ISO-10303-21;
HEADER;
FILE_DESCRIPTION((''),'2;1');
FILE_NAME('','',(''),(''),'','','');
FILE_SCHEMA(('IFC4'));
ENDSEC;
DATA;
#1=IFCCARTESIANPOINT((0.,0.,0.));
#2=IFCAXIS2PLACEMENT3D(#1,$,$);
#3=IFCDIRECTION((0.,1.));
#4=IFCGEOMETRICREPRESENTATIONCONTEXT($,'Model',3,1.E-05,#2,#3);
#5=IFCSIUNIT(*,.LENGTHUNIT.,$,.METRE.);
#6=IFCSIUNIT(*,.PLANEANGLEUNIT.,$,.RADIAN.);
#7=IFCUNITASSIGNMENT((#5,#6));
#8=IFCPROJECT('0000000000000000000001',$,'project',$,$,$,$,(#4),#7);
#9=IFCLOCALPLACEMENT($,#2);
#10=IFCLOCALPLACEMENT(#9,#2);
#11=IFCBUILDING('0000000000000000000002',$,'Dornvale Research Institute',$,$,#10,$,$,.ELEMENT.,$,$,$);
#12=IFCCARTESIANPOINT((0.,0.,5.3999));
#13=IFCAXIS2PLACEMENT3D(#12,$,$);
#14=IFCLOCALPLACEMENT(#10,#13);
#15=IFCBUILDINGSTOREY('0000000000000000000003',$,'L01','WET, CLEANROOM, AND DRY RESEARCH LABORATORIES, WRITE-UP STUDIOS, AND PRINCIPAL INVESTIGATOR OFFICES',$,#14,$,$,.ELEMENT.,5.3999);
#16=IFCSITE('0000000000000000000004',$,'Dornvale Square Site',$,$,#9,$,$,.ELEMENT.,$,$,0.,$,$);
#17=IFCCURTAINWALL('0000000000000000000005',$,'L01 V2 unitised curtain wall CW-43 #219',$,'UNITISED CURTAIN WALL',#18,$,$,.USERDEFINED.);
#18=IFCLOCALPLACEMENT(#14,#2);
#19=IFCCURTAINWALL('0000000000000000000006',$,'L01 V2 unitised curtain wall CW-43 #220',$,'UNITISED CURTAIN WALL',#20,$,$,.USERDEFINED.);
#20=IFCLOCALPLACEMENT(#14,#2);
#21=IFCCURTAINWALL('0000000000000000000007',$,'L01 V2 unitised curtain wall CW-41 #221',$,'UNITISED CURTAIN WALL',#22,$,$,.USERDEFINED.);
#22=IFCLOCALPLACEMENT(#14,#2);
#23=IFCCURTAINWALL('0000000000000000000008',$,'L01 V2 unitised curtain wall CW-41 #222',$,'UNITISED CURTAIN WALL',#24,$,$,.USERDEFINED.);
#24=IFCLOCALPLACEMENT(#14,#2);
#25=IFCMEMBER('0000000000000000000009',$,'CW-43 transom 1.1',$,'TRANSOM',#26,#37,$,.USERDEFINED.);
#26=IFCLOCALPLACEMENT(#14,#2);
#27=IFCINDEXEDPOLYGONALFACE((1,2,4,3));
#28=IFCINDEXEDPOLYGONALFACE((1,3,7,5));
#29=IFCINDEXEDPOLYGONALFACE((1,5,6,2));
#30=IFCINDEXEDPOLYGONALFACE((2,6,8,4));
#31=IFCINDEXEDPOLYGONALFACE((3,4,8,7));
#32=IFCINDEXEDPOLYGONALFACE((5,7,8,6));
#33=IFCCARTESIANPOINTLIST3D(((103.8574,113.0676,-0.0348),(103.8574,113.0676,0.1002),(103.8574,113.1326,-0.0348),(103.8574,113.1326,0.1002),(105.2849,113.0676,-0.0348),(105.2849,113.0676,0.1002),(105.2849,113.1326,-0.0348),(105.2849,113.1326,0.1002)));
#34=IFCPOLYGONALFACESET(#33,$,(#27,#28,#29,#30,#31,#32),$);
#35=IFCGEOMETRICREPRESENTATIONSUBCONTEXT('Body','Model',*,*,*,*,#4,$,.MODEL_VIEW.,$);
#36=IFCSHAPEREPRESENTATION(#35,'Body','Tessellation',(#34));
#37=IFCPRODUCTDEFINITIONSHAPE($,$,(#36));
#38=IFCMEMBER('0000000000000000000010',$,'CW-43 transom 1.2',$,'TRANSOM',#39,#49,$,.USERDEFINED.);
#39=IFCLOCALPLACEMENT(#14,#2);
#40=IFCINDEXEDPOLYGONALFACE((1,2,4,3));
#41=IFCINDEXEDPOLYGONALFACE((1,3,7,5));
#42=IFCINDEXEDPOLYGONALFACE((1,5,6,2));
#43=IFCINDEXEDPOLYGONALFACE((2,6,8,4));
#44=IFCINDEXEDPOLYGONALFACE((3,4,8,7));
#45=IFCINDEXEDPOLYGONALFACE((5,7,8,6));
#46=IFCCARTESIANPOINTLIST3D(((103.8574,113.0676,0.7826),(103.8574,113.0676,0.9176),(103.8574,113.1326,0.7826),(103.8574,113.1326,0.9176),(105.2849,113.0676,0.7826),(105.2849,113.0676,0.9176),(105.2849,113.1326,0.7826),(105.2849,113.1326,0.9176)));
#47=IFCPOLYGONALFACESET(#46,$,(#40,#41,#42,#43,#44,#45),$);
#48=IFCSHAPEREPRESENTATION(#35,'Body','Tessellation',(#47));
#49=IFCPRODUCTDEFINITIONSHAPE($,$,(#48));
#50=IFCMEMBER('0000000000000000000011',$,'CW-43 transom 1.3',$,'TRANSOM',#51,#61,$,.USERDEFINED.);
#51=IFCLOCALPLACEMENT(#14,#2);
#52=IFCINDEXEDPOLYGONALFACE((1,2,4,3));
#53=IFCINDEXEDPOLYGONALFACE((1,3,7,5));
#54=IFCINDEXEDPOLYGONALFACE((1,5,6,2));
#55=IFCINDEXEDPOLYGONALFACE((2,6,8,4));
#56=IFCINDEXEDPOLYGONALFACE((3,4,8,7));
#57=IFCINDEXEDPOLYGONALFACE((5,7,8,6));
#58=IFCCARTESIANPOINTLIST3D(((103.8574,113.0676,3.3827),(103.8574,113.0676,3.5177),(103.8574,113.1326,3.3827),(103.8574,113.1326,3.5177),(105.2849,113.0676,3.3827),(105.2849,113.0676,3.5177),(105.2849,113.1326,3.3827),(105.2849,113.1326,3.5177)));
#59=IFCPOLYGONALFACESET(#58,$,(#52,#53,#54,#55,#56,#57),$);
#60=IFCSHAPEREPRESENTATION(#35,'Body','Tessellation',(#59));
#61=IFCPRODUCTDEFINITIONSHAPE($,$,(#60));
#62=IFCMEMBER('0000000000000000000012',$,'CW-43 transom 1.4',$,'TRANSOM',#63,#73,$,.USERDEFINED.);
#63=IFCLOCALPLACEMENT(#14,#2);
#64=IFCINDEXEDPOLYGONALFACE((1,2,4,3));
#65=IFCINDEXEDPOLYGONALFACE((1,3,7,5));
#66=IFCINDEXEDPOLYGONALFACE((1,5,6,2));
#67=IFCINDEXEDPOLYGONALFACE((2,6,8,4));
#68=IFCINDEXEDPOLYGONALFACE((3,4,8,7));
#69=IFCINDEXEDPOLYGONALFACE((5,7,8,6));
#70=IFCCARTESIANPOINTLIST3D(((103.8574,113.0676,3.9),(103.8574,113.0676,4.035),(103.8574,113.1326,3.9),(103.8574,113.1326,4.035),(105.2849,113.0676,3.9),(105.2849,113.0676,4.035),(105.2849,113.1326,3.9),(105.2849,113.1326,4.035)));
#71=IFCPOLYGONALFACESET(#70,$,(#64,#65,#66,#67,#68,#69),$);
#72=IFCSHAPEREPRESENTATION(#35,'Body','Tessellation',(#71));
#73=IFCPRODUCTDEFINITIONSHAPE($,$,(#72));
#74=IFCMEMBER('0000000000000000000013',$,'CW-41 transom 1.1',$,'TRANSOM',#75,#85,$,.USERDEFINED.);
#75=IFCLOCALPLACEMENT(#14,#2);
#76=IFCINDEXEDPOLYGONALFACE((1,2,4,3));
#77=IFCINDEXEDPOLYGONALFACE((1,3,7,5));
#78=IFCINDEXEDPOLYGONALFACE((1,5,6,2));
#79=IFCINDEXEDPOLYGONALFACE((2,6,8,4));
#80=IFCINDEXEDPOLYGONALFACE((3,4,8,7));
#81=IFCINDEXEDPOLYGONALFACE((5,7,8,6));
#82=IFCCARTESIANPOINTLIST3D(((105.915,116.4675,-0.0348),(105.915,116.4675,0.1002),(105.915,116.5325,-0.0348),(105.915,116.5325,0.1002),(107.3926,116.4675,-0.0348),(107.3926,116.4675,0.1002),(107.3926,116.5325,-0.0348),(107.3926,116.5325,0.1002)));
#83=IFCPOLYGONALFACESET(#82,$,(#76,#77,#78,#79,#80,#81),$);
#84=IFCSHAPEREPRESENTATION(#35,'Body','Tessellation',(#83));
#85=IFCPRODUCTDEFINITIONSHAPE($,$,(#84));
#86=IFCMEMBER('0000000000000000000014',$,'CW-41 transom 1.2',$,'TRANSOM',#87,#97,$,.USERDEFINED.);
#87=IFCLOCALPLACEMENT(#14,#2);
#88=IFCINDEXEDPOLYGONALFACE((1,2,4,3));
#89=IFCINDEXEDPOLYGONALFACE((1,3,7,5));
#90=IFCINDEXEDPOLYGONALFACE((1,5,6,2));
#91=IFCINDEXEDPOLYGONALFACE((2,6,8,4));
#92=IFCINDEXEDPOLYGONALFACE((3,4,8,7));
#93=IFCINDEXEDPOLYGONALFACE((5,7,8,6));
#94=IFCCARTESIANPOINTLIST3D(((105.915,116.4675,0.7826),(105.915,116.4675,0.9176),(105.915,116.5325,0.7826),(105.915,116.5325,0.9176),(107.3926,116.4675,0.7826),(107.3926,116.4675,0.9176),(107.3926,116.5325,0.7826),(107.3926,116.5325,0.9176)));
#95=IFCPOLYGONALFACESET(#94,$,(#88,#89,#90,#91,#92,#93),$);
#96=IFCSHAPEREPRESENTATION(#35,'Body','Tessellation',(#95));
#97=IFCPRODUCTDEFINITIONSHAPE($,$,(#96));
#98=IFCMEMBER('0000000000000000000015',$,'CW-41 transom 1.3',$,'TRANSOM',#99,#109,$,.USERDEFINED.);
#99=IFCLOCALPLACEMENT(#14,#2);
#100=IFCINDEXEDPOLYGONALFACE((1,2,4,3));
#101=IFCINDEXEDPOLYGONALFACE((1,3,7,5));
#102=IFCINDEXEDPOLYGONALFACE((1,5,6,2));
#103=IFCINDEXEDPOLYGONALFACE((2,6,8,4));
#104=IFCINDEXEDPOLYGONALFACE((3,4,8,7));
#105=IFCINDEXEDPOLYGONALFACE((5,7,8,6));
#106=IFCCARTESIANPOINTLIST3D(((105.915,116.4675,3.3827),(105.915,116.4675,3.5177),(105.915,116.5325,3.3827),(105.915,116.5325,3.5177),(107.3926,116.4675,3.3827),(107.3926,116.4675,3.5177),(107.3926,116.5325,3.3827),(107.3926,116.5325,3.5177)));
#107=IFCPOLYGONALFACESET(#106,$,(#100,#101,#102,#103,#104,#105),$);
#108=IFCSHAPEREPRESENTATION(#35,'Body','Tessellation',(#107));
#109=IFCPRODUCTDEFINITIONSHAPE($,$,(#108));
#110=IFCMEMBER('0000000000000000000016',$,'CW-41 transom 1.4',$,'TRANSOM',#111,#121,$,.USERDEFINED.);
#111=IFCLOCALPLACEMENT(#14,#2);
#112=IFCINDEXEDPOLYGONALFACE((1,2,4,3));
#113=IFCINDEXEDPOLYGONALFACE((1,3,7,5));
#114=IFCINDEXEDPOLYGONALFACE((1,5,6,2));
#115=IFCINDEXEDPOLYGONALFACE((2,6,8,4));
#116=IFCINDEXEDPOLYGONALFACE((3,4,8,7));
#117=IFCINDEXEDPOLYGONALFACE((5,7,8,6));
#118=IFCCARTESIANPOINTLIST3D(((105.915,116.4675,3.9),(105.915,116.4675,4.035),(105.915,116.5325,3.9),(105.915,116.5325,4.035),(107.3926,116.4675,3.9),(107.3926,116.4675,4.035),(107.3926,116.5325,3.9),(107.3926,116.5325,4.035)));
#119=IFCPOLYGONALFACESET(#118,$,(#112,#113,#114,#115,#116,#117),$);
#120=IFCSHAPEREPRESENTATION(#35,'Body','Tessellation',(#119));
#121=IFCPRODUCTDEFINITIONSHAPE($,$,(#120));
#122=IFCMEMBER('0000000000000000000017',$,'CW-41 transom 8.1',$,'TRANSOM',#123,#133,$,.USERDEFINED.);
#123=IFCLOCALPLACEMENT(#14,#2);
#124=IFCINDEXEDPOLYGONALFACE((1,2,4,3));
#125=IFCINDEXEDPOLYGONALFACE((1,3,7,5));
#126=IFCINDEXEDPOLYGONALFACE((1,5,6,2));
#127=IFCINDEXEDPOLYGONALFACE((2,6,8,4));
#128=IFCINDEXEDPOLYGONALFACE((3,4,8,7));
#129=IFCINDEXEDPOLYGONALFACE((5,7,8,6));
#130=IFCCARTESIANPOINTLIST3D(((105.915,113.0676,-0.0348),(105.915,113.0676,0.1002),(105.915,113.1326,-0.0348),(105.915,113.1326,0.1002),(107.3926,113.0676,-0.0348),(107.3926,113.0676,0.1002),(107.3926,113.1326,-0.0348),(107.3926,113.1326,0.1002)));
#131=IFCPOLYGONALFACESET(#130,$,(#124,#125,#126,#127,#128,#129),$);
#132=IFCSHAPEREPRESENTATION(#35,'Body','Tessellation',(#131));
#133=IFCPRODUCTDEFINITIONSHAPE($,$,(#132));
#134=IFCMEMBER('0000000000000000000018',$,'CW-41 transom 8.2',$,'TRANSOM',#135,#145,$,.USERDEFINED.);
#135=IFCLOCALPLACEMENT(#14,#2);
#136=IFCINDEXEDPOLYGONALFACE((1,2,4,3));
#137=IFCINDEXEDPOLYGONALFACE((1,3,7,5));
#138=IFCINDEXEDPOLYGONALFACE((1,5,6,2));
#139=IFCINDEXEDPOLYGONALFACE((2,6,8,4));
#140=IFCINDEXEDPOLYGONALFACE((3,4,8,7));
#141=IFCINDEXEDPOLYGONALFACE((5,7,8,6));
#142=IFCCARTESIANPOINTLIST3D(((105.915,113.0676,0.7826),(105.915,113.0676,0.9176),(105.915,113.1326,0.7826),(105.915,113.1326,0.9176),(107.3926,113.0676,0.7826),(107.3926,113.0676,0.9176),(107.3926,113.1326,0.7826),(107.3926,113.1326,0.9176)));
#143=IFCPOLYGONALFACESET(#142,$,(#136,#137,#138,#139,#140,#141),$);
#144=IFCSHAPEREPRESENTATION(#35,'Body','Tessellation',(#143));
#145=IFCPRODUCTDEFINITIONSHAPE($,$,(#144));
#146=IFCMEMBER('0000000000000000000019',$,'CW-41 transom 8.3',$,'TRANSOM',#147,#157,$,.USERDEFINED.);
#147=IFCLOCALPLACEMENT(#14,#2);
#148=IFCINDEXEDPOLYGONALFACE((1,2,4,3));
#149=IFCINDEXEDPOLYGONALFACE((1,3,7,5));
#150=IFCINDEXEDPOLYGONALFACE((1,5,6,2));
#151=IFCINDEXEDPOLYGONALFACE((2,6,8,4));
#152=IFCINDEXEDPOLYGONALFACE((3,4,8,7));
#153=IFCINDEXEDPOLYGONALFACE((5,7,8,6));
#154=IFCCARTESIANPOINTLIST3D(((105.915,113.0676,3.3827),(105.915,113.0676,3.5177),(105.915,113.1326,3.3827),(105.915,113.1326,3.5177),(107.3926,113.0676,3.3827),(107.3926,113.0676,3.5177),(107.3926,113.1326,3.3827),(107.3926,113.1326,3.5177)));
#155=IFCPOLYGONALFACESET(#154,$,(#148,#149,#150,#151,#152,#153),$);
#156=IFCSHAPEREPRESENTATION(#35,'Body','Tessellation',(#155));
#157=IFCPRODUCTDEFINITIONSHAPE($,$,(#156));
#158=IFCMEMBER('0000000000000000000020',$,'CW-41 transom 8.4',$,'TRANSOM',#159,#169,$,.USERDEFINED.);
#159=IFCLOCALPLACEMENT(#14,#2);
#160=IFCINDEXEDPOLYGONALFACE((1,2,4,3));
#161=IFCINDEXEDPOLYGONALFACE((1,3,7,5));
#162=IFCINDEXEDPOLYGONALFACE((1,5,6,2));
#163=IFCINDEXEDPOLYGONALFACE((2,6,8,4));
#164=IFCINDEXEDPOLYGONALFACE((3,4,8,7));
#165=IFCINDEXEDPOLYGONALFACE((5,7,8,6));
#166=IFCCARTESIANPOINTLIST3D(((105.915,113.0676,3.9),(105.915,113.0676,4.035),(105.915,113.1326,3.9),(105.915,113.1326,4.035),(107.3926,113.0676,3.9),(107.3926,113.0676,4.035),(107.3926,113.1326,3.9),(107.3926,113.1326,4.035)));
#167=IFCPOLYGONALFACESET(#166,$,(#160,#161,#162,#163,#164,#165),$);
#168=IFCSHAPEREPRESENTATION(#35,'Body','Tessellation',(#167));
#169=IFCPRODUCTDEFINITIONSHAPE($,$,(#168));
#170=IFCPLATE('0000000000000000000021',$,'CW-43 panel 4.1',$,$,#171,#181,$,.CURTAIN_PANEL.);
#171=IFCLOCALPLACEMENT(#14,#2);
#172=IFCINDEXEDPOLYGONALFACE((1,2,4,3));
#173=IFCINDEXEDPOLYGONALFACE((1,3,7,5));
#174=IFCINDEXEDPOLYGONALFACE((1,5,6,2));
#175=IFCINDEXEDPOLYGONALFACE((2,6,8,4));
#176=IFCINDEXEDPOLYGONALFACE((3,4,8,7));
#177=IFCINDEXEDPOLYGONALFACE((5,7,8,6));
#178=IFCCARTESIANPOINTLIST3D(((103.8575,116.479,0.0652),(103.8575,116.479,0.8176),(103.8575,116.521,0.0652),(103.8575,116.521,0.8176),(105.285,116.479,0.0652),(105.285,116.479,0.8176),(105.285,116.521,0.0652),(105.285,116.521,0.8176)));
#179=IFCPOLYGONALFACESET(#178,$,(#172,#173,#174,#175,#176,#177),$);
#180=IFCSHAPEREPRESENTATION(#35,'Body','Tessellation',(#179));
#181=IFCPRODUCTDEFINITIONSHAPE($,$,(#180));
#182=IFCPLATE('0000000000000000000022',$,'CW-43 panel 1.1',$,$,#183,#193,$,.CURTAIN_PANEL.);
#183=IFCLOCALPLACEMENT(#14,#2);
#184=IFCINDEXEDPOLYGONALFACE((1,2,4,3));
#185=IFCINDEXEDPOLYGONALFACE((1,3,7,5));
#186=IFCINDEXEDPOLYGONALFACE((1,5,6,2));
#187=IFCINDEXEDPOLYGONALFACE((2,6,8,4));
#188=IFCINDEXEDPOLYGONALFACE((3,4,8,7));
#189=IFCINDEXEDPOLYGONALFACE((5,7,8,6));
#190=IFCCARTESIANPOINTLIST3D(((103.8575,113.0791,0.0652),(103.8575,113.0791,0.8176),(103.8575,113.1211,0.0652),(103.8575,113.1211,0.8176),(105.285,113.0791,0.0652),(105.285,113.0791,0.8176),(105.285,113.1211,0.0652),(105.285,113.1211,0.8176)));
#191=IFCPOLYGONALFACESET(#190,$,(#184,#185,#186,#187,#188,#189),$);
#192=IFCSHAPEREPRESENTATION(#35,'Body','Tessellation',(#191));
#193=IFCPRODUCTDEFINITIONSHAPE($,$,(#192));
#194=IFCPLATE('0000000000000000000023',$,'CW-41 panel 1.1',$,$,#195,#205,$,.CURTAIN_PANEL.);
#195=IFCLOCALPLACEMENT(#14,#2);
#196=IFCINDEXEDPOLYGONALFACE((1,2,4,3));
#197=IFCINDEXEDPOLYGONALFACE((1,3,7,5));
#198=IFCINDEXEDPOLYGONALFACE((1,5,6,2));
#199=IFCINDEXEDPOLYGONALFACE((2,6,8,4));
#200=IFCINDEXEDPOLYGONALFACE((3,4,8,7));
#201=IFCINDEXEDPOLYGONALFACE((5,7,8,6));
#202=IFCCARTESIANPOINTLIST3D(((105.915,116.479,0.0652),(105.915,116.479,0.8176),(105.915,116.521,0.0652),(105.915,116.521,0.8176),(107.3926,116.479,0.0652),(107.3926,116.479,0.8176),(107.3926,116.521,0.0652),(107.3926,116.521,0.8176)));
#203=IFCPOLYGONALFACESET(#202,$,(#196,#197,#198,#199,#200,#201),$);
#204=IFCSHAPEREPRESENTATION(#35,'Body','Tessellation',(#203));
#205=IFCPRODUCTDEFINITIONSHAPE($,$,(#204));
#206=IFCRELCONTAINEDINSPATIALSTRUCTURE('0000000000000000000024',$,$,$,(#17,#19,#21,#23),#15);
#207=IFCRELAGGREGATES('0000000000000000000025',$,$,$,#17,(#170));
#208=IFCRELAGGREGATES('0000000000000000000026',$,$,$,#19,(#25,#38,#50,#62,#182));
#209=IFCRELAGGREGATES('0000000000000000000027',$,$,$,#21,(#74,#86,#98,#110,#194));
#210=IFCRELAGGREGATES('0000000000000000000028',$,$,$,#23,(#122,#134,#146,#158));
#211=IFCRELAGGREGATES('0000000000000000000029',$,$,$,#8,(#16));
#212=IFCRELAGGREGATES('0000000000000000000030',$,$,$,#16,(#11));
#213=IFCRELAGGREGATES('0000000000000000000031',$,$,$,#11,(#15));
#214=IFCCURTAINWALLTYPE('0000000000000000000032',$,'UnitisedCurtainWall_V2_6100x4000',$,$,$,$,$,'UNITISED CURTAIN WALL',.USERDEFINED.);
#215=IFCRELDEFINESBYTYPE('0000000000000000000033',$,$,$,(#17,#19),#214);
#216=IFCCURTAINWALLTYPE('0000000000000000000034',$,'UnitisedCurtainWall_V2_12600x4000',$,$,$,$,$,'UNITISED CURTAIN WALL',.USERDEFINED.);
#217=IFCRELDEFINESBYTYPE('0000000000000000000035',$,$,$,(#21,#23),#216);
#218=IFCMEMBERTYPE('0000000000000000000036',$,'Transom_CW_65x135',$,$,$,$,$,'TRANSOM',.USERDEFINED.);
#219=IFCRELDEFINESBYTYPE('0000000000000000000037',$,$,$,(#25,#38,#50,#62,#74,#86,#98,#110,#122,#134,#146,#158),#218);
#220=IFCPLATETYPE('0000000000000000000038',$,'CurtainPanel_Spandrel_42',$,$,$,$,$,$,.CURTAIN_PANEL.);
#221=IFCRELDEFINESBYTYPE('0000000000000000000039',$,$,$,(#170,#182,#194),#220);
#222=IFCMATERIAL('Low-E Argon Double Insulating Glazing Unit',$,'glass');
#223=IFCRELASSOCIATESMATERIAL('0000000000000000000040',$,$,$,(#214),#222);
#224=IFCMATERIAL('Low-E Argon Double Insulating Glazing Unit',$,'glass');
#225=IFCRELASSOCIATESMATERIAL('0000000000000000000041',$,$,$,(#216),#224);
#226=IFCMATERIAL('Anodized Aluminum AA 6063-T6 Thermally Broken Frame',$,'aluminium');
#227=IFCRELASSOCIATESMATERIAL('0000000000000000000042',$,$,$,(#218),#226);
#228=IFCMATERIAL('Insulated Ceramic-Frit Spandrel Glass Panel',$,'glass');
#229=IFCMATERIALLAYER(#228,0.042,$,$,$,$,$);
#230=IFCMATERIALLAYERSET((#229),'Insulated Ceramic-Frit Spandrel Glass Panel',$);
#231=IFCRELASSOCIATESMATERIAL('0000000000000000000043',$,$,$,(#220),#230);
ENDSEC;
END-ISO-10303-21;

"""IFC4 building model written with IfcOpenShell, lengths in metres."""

from ifc_helpers import new_model, si_unit, direction, frame, origin, origin_2d, place, context, subcontext, project, spatial, rectangle, extrude, material, layer, layer_set, material_profile, profile_set, type_object, element, aggregate, save


model = new_model("IFC4")

# Units and contexts
model_context = context("Model", 3, precision=1e-05, world=origin(), true_north=direction((0.0, 1.0)))
body_context = subcontext(model_context, "Body", "Model", "MODEL_VIEW")
ifc_project = project(units=[si_unit("LENGTHUNIT", "METRE"), si_unit("PLANEANGLEUNIT", "RADIAN")], contexts=[model_context])

# Site, building, storey
site_placement = place(None, origin())
site = spatial("IfcSite", under=ifc_project, at=site_placement, Name="Dornvale Square Site", CompositionType="ELEMENT", RefElevation=0.0)
building_placement = place(site_placement, origin())
building = spatial("IfcBuilding", under=site, at=building_placement, Name="Dornvale Research Institute", CompositionType="ELEMENT")
storey_placement = place(building_placement, frame((0.0, 0.0, 5.3999)))
storey = spatial("IfcBuildingStorey", under=building, at=storey_placement, Name="L01", Description="WET, CLEANROOM, AND DRY RESEARCH LABORATORIES, WRITE-UP STUDIOS, AND PRINCIPAL INVESTIGATOR OFFICES", CompositionType="ELEMENT", Elevation=5.3999)

# Curtain walls
ifc_material_1 = material(Name="Low-E Argon Double Insulating Glazing Unit", Category="glass")
curtain_wall_type_1 = type_object("IfcCurtainWallType", Name="UnitisedCurtainWall_V2_6100x4000", ElementType="UNITISED CURTAIN WALL", PredefinedType="USERDEFINED", material=ifc_material_1)
curtain_wall_1_placement = place(storey_placement, origin())
curtain_wall_1 = element("IfcCurtainWall", 1, at=curtain_wall_1_placement, inside=storey, type_object=curtain_wall_type_1, Name="L01 V2 unitised curtain wall CW-43 #219", ObjectType="UNITISED CURTAIN WALL", PredefinedType="USERDEFINED")
curtain_wall_2_placement = place(storey_placement, origin())
curtain_wall_2 = element("IfcCurtainWall", 2, at=curtain_wall_2_placement, inside=storey, type_object=curtain_wall_type_1, Name="L01 V2 unitised curtain wall CW-43 #220", ObjectType="UNITISED CURTAIN WALL", PredefinedType="USERDEFINED")
ifc_material_2 = material(Name="Low-E Argon Double Insulating Glazing Unit", Category="glass")
curtain_wall_type_2 = type_object("IfcCurtainWallType", Name="UnitisedCurtainWall_V2_12600x4000", ElementType="UNITISED CURTAIN WALL", PredefinedType="USERDEFINED", material=ifc_material_2)
curtain_wall_3_placement = place(storey_placement, origin())
curtain_wall_3 = element("IfcCurtainWall", 3, at=curtain_wall_3_placement, inside=storey, type_object=curtain_wall_type_2, Name="L01 V2 unitised curtain wall CW-41 #221", ObjectType="UNITISED CURTAIN WALL", PredefinedType="USERDEFINED")
curtain_wall_4_placement = place(storey_placement, origin())
curtain_wall_4 = element("IfcCurtainWall", 4, at=curtain_wall_4_placement, inside=storey, type_object=curtain_wall_type_2, Name="L01 V2 unitised curtain wall CW-41 #222", ObjectType="UNITISED CURTAIN WALL", PredefinedType="USERDEFINED")

# Members
ifc_material_3 = material(Name="Anodized Aluminum AA 6063-T6 Thermally Broken Frame", Category="aluminium")
ifc_material_profile_1 = material_profile(ifc_material_3, rectangle(XDim=0.0649, YDim=0.135, at=origin_2d()), Name="ALU TRANSOM 65x135")
ifc_profile_set_1 = profile_set([ifc_material_profile_1], Name="Anodized Aluminum AA 6063-T6 Thermally Broken Frame")
member_type_1 = type_object("IfcMemberType", Name="Transom_CW_65x135", ElementType="TRANSOM", PredefinedType="USERDEFINED", material=ifc_profile_set_1)
member_1_placement = place(storey_placement, frame((105.2849, 113.1001, 0.0327), z_axis=(-1.0, 0.0, 0.0), x_axis=(0.0, -1.0, 0.0)))
member_1 = element("IfcMember", 5, at=member_1_placement, type_object=member_type_1, Name="CW-43 transom 1.1", ObjectType="TRANSOM", PredefinedType="USERDEFINED", context=body_context, shape_type="SweptSolid", body=[
    extrude(rectangle(XDim=0.0649, YDim=0.135, at=origin_2d()), origin(), (0.0, 0.0, 1.0), 1.4275),
])
member_2_placement = place(storey_placement, frame((105.2849, 113.1001, 0.8501), z_axis=(-1.0, 0.0, 0.0), x_axis=(0.0, -1.0, 0.0)))
member_2 = element("IfcMember", 6, at=member_2_placement, type_object=member_type_1, Name="CW-43 transom 1.2", ObjectType="TRANSOM", PredefinedType="USERDEFINED", context=body_context, shape_type="SweptSolid", body=[
    extrude(rectangle(XDim=0.0649, YDim=0.135, at=origin_2d()), origin(), (0.0, 0.0, 1.0), 1.4275),
])
member_3_placement = place(storey_placement, frame((105.2849, 113.1001, 3.4502), z_axis=(-1.0, 0.0, 0.0), x_axis=(0.0, -1.0, 0.0)))
member_3 = element("IfcMember", 7, at=member_3_placement, type_object=member_type_1, Name="CW-43 transom 1.3", ObjectType="TRANSOM", PredefinedType="USERDEFINED", context=body_context, shape_type="SweptSolid", body=[
    extrude(rectangle(XDim=0.0649, YDim=0.135, at=origin_2d()), origin(), (0.0, 0.0, 1.0), 1.4275),
])
member_4_placement = place(storey_placement, frame((105.2849, 113.1001, 3.9675), z_axis=(-1.0, 0.0, 0.0), x_axis=(0.0, -1.0, 0.0)))
member_4 = element("IfcMember", 8, at=member_4_placement, type_object=member_type_1, Name="CW-43 transom 1.4", ObjectType="TRANSOM", PredefinedType="USERDEFINED", context=body_context, shape_type="SweptSolid", body=[
    extrude(rectangle(XDim=0.0649, YDim=0.135, at=origin_2d()), origin(), (0.0, 0.0, 1.0), 1.4275),
])
member_5_placement = place(storey_placement, frame((105.915, 116.5, 0.0327), z_axis=(1.0, 0.0, 0.0), x_axis=(0.0, 1.0, 0.0)))
member_5 = element("IfcMember", 9, at=member_5_placement, type_object=member_type_1, Name="CW-41 transom 1.1", ObjectType="TRANSOM", PredefinedType="USERDEFINED", context=body_context, shape_type="SweptSolid", body=[
    extrude(rectangle(XDim=0.0649, YDim=0.135, at=origin_2d()), origin(), (0.0, 0.0, 1.0), 1.4775),
])
member_6_placement = place(storey_placement, frame((105.915, 116.5, 0.8501), z_axis=(1.0, 0.0, 0.0), x_axis=(0.0, 1.0, 0.0)))
member_6 = element("IfcMember", 10, at=member_6_placement, type_object=member_type_1, Name="CW-41 transom 1.2", ObjectType="TRANSOM", PredefinedType="USERDEFINED", context=body_context, shape_type="SweptSolid", body=[
    extrude(rectangle(XDim=0.0649, YDim=0.135, at=origin_2d()), origin(), (0.0, 0.0, 1.0), 1.4775),
])
member_7_placement = place(storey_placement, frame((105.915, 116.5, 3.4502), z_axis=(1.0, 0.0, 0.0), x_axis=(0.0, 1.0, 0.0)))
member_7 = element("IfcMember", 11, at=member_7_placement, type_object=member_type_1, Name="CW-41 transom 1.3", ObjectType="TRANSOM", PredefinedType="USERDEFINED", context=body_context, shape_type="SweptSolid", body=[
    extrude(rectangle(XDim=0.0649, YDim=0.135, at=origin_2d()), origin(), (0.0, 0.0, 1.0), 1.4775),
])
member_8_placement = place(storey_placement, frame((105.915, 116.5, 3.9675), z_axis=(1.0, 0.0, 0.0), x_axis=(0.0, 1.0, 0.0)))
member_8 = element("IfcMember", 12, at=member_8_placement, type_object=member_type_1, Name="CW-41 transom 1.4", ObjectType="TRANSOM", PredefinedType="USERDEFINED", context=body_context, shape_type="SweptSolid", body=[
    extrude(rectangle(XDim=0.0649, YDim=0.135, at=origin_2d()), origin(), (0.0, 0.0, 1.0), 1.4775),
])
member_9_placement = place(storey_placement, frame((107.3926, 113.1001, 0.0327), z_axis=(-1.0, 0.0, 0.0), x_axis=(0.0, -1.0, 0.0)))
member_9 = element("IfcMember", 13, at=member_9_placement, type_object=member_type_1, Name="CW-41 transom 8.1", ObjectType="TRANSOM", PredefinedType="USERDEFINED", context=body_context, shape_type="SweptSolid", body=[
    extrude(rectangle(XDim=0.0649, YDim=0.135, at=origin_2d()), origin(), (0.0, 0.0, 1.0), 1.4775),
])
member_10_placement = place(storey_placement, frame((107.3926, 113.1001, 0.8501), z_axis=(-1.0, 0.0, 0.0), x_axis=(0.0, -1.0, 0.0)))
member_10 = element("IfcMember", 14, at=member_10_placement, type_object=member_type_1, Name="CW-41 transom 8.2", ObjectType="TRANSOM", PredefinedType="USERDEFINED", context=body_context, shape_type="SweptSolid", body=[
    extrude(rectangle(XDim=0.0649, YDim=0.135, at=origin_2d()), origin(), (0.0, 0.0, 1.0), 1.4775),
])
member_11_placement = place(storey_placement, frame((107.3926, 113.1001, 3.4502), z_axis=(-1.0, 0.0, 0.0), x_axis=(0.0, -1.0, 0.0)))
member_11 = element("IfcMember", 15, at=member_11_placement, type_object=member_type_1, Name="CW-41 transom 8.3", ObjectType="TRANSOM", PredefinedType="USERDEFINED", context=body_context, shape_type="SweptSolid", body=[
    extrude(rectangle(XDim=0.0649, YDim=0.135, at=origin_2d()), origin(), (0.0, 0.0, 1.0), 1.4775),
])
member_12_placement = place(storey_placement, frame((107.3926, 113.1001, 3.9675), z_axis=(-1.0, 0.0, 0.0), x_axis=(0.0, -1.0, 0.0)))
member_12 = element("IfcMember", 16, at=member_12_placement, type_object=member_type_1, Name="CW-41 transom 8.4", ObjectType="TRANSOM", PredefinedType="USERDEFINED", context=body_context, shape_type="SweptSolid", body=[
    extrude(rectangle(XDim=0.0649, YDim=0.135, at=origin_2d()), origin(), (0.0, 0.0, 1.0), 1.4775),
])

# Plates
ifc_material_4 = material(Name="Insulated Ceramic-Frit Spandrel Glass Panel", Category="glass")
ifc_layer_1 = layer(ifc_material_4, 0.042)
ifc_layer_set_1 = layer_set([ifc_layer_1], Name="Insulated Ceramic-Frit Spandrel Glass Panel")
plate_type_1 = type_object("IfcPlateType", Name="CurtainPanel_Spandrel_42", PredefinedType="CURTAIN_PANEL", material=ifc_layer_set_1)
plate_1_placement = place(storey_placement, frame((104.5713, 116.5, 0.0652), z_axis=(0.0, 0.0, 1.0), x_axis=(1.0, 0.0, 0.0)))
plate_1 = element("IfcPlate", 17, at=plate_1_placement, type_object=plate_type_1, Name="CW-43 panel 4.1", PredefinedType="CURTAIN_PANEL", context=body_context, shape_type="SweptSolid", body=[
    extrude(rectangle(XDim=1.4275, YDim=0.042, at=origin_2d()), origin(), (0.0, 0.0, 1.0), 0.7524),
])
plate_2_placement = place(storey_placement, frame((104.5713, 113.1001, 0.0652), z_axis=(0.0, 0.0, 1.0), x_axis=(-1.0, 0.0, 0.0)))
plate_2 = element("IfcPlate", 18, at=plate_2_placement, type_object=plate_type_1, Name="CW-43 panel 1.1", PredefinedType="CURTAIN_PANEL", context=body_context, shape_type="SweptSolid", body=[
    extrude(rectangle(XDim=1.4275, YDim=0.042, at=origin_2d()), origin(), (0.0, 0.0, 1.0), 0.7524),
])
plate_3_placement = place(storey_placement, frame((106.6538, 116.5, 0.0652), z_axis=(0.0, 0.0, 1.0), x_axis=(1.0, 0.0, 0.0)))
plate_3 = element("IfcPlate", 19, at=plate_3_placement, type_object=plate_type_1, Name="CW-41 panel 1.1", PredefinedType="CURTAIN_PANEL", context=body_context, shape_type="SweptSolid", body=[
    extrude(rectangle(XDim=1.4775, YDim=0.042, at=origin_2d()), origin(), (0.0, 0.0, 1.0), 0.7524),
])
aggregate(curtain_wall_1, [plate_1])
aggregate(curtain_wall_2, [member_1, member_2, member_3, member_4, plate_2])
aggregate(curtain_wall_3, [member_5, member_6, member_7, member_8, plate_3])
aggregate(curtain_wall_4, [member_9, member_10, member_11, member_12])

save(model, "model.ifc")
